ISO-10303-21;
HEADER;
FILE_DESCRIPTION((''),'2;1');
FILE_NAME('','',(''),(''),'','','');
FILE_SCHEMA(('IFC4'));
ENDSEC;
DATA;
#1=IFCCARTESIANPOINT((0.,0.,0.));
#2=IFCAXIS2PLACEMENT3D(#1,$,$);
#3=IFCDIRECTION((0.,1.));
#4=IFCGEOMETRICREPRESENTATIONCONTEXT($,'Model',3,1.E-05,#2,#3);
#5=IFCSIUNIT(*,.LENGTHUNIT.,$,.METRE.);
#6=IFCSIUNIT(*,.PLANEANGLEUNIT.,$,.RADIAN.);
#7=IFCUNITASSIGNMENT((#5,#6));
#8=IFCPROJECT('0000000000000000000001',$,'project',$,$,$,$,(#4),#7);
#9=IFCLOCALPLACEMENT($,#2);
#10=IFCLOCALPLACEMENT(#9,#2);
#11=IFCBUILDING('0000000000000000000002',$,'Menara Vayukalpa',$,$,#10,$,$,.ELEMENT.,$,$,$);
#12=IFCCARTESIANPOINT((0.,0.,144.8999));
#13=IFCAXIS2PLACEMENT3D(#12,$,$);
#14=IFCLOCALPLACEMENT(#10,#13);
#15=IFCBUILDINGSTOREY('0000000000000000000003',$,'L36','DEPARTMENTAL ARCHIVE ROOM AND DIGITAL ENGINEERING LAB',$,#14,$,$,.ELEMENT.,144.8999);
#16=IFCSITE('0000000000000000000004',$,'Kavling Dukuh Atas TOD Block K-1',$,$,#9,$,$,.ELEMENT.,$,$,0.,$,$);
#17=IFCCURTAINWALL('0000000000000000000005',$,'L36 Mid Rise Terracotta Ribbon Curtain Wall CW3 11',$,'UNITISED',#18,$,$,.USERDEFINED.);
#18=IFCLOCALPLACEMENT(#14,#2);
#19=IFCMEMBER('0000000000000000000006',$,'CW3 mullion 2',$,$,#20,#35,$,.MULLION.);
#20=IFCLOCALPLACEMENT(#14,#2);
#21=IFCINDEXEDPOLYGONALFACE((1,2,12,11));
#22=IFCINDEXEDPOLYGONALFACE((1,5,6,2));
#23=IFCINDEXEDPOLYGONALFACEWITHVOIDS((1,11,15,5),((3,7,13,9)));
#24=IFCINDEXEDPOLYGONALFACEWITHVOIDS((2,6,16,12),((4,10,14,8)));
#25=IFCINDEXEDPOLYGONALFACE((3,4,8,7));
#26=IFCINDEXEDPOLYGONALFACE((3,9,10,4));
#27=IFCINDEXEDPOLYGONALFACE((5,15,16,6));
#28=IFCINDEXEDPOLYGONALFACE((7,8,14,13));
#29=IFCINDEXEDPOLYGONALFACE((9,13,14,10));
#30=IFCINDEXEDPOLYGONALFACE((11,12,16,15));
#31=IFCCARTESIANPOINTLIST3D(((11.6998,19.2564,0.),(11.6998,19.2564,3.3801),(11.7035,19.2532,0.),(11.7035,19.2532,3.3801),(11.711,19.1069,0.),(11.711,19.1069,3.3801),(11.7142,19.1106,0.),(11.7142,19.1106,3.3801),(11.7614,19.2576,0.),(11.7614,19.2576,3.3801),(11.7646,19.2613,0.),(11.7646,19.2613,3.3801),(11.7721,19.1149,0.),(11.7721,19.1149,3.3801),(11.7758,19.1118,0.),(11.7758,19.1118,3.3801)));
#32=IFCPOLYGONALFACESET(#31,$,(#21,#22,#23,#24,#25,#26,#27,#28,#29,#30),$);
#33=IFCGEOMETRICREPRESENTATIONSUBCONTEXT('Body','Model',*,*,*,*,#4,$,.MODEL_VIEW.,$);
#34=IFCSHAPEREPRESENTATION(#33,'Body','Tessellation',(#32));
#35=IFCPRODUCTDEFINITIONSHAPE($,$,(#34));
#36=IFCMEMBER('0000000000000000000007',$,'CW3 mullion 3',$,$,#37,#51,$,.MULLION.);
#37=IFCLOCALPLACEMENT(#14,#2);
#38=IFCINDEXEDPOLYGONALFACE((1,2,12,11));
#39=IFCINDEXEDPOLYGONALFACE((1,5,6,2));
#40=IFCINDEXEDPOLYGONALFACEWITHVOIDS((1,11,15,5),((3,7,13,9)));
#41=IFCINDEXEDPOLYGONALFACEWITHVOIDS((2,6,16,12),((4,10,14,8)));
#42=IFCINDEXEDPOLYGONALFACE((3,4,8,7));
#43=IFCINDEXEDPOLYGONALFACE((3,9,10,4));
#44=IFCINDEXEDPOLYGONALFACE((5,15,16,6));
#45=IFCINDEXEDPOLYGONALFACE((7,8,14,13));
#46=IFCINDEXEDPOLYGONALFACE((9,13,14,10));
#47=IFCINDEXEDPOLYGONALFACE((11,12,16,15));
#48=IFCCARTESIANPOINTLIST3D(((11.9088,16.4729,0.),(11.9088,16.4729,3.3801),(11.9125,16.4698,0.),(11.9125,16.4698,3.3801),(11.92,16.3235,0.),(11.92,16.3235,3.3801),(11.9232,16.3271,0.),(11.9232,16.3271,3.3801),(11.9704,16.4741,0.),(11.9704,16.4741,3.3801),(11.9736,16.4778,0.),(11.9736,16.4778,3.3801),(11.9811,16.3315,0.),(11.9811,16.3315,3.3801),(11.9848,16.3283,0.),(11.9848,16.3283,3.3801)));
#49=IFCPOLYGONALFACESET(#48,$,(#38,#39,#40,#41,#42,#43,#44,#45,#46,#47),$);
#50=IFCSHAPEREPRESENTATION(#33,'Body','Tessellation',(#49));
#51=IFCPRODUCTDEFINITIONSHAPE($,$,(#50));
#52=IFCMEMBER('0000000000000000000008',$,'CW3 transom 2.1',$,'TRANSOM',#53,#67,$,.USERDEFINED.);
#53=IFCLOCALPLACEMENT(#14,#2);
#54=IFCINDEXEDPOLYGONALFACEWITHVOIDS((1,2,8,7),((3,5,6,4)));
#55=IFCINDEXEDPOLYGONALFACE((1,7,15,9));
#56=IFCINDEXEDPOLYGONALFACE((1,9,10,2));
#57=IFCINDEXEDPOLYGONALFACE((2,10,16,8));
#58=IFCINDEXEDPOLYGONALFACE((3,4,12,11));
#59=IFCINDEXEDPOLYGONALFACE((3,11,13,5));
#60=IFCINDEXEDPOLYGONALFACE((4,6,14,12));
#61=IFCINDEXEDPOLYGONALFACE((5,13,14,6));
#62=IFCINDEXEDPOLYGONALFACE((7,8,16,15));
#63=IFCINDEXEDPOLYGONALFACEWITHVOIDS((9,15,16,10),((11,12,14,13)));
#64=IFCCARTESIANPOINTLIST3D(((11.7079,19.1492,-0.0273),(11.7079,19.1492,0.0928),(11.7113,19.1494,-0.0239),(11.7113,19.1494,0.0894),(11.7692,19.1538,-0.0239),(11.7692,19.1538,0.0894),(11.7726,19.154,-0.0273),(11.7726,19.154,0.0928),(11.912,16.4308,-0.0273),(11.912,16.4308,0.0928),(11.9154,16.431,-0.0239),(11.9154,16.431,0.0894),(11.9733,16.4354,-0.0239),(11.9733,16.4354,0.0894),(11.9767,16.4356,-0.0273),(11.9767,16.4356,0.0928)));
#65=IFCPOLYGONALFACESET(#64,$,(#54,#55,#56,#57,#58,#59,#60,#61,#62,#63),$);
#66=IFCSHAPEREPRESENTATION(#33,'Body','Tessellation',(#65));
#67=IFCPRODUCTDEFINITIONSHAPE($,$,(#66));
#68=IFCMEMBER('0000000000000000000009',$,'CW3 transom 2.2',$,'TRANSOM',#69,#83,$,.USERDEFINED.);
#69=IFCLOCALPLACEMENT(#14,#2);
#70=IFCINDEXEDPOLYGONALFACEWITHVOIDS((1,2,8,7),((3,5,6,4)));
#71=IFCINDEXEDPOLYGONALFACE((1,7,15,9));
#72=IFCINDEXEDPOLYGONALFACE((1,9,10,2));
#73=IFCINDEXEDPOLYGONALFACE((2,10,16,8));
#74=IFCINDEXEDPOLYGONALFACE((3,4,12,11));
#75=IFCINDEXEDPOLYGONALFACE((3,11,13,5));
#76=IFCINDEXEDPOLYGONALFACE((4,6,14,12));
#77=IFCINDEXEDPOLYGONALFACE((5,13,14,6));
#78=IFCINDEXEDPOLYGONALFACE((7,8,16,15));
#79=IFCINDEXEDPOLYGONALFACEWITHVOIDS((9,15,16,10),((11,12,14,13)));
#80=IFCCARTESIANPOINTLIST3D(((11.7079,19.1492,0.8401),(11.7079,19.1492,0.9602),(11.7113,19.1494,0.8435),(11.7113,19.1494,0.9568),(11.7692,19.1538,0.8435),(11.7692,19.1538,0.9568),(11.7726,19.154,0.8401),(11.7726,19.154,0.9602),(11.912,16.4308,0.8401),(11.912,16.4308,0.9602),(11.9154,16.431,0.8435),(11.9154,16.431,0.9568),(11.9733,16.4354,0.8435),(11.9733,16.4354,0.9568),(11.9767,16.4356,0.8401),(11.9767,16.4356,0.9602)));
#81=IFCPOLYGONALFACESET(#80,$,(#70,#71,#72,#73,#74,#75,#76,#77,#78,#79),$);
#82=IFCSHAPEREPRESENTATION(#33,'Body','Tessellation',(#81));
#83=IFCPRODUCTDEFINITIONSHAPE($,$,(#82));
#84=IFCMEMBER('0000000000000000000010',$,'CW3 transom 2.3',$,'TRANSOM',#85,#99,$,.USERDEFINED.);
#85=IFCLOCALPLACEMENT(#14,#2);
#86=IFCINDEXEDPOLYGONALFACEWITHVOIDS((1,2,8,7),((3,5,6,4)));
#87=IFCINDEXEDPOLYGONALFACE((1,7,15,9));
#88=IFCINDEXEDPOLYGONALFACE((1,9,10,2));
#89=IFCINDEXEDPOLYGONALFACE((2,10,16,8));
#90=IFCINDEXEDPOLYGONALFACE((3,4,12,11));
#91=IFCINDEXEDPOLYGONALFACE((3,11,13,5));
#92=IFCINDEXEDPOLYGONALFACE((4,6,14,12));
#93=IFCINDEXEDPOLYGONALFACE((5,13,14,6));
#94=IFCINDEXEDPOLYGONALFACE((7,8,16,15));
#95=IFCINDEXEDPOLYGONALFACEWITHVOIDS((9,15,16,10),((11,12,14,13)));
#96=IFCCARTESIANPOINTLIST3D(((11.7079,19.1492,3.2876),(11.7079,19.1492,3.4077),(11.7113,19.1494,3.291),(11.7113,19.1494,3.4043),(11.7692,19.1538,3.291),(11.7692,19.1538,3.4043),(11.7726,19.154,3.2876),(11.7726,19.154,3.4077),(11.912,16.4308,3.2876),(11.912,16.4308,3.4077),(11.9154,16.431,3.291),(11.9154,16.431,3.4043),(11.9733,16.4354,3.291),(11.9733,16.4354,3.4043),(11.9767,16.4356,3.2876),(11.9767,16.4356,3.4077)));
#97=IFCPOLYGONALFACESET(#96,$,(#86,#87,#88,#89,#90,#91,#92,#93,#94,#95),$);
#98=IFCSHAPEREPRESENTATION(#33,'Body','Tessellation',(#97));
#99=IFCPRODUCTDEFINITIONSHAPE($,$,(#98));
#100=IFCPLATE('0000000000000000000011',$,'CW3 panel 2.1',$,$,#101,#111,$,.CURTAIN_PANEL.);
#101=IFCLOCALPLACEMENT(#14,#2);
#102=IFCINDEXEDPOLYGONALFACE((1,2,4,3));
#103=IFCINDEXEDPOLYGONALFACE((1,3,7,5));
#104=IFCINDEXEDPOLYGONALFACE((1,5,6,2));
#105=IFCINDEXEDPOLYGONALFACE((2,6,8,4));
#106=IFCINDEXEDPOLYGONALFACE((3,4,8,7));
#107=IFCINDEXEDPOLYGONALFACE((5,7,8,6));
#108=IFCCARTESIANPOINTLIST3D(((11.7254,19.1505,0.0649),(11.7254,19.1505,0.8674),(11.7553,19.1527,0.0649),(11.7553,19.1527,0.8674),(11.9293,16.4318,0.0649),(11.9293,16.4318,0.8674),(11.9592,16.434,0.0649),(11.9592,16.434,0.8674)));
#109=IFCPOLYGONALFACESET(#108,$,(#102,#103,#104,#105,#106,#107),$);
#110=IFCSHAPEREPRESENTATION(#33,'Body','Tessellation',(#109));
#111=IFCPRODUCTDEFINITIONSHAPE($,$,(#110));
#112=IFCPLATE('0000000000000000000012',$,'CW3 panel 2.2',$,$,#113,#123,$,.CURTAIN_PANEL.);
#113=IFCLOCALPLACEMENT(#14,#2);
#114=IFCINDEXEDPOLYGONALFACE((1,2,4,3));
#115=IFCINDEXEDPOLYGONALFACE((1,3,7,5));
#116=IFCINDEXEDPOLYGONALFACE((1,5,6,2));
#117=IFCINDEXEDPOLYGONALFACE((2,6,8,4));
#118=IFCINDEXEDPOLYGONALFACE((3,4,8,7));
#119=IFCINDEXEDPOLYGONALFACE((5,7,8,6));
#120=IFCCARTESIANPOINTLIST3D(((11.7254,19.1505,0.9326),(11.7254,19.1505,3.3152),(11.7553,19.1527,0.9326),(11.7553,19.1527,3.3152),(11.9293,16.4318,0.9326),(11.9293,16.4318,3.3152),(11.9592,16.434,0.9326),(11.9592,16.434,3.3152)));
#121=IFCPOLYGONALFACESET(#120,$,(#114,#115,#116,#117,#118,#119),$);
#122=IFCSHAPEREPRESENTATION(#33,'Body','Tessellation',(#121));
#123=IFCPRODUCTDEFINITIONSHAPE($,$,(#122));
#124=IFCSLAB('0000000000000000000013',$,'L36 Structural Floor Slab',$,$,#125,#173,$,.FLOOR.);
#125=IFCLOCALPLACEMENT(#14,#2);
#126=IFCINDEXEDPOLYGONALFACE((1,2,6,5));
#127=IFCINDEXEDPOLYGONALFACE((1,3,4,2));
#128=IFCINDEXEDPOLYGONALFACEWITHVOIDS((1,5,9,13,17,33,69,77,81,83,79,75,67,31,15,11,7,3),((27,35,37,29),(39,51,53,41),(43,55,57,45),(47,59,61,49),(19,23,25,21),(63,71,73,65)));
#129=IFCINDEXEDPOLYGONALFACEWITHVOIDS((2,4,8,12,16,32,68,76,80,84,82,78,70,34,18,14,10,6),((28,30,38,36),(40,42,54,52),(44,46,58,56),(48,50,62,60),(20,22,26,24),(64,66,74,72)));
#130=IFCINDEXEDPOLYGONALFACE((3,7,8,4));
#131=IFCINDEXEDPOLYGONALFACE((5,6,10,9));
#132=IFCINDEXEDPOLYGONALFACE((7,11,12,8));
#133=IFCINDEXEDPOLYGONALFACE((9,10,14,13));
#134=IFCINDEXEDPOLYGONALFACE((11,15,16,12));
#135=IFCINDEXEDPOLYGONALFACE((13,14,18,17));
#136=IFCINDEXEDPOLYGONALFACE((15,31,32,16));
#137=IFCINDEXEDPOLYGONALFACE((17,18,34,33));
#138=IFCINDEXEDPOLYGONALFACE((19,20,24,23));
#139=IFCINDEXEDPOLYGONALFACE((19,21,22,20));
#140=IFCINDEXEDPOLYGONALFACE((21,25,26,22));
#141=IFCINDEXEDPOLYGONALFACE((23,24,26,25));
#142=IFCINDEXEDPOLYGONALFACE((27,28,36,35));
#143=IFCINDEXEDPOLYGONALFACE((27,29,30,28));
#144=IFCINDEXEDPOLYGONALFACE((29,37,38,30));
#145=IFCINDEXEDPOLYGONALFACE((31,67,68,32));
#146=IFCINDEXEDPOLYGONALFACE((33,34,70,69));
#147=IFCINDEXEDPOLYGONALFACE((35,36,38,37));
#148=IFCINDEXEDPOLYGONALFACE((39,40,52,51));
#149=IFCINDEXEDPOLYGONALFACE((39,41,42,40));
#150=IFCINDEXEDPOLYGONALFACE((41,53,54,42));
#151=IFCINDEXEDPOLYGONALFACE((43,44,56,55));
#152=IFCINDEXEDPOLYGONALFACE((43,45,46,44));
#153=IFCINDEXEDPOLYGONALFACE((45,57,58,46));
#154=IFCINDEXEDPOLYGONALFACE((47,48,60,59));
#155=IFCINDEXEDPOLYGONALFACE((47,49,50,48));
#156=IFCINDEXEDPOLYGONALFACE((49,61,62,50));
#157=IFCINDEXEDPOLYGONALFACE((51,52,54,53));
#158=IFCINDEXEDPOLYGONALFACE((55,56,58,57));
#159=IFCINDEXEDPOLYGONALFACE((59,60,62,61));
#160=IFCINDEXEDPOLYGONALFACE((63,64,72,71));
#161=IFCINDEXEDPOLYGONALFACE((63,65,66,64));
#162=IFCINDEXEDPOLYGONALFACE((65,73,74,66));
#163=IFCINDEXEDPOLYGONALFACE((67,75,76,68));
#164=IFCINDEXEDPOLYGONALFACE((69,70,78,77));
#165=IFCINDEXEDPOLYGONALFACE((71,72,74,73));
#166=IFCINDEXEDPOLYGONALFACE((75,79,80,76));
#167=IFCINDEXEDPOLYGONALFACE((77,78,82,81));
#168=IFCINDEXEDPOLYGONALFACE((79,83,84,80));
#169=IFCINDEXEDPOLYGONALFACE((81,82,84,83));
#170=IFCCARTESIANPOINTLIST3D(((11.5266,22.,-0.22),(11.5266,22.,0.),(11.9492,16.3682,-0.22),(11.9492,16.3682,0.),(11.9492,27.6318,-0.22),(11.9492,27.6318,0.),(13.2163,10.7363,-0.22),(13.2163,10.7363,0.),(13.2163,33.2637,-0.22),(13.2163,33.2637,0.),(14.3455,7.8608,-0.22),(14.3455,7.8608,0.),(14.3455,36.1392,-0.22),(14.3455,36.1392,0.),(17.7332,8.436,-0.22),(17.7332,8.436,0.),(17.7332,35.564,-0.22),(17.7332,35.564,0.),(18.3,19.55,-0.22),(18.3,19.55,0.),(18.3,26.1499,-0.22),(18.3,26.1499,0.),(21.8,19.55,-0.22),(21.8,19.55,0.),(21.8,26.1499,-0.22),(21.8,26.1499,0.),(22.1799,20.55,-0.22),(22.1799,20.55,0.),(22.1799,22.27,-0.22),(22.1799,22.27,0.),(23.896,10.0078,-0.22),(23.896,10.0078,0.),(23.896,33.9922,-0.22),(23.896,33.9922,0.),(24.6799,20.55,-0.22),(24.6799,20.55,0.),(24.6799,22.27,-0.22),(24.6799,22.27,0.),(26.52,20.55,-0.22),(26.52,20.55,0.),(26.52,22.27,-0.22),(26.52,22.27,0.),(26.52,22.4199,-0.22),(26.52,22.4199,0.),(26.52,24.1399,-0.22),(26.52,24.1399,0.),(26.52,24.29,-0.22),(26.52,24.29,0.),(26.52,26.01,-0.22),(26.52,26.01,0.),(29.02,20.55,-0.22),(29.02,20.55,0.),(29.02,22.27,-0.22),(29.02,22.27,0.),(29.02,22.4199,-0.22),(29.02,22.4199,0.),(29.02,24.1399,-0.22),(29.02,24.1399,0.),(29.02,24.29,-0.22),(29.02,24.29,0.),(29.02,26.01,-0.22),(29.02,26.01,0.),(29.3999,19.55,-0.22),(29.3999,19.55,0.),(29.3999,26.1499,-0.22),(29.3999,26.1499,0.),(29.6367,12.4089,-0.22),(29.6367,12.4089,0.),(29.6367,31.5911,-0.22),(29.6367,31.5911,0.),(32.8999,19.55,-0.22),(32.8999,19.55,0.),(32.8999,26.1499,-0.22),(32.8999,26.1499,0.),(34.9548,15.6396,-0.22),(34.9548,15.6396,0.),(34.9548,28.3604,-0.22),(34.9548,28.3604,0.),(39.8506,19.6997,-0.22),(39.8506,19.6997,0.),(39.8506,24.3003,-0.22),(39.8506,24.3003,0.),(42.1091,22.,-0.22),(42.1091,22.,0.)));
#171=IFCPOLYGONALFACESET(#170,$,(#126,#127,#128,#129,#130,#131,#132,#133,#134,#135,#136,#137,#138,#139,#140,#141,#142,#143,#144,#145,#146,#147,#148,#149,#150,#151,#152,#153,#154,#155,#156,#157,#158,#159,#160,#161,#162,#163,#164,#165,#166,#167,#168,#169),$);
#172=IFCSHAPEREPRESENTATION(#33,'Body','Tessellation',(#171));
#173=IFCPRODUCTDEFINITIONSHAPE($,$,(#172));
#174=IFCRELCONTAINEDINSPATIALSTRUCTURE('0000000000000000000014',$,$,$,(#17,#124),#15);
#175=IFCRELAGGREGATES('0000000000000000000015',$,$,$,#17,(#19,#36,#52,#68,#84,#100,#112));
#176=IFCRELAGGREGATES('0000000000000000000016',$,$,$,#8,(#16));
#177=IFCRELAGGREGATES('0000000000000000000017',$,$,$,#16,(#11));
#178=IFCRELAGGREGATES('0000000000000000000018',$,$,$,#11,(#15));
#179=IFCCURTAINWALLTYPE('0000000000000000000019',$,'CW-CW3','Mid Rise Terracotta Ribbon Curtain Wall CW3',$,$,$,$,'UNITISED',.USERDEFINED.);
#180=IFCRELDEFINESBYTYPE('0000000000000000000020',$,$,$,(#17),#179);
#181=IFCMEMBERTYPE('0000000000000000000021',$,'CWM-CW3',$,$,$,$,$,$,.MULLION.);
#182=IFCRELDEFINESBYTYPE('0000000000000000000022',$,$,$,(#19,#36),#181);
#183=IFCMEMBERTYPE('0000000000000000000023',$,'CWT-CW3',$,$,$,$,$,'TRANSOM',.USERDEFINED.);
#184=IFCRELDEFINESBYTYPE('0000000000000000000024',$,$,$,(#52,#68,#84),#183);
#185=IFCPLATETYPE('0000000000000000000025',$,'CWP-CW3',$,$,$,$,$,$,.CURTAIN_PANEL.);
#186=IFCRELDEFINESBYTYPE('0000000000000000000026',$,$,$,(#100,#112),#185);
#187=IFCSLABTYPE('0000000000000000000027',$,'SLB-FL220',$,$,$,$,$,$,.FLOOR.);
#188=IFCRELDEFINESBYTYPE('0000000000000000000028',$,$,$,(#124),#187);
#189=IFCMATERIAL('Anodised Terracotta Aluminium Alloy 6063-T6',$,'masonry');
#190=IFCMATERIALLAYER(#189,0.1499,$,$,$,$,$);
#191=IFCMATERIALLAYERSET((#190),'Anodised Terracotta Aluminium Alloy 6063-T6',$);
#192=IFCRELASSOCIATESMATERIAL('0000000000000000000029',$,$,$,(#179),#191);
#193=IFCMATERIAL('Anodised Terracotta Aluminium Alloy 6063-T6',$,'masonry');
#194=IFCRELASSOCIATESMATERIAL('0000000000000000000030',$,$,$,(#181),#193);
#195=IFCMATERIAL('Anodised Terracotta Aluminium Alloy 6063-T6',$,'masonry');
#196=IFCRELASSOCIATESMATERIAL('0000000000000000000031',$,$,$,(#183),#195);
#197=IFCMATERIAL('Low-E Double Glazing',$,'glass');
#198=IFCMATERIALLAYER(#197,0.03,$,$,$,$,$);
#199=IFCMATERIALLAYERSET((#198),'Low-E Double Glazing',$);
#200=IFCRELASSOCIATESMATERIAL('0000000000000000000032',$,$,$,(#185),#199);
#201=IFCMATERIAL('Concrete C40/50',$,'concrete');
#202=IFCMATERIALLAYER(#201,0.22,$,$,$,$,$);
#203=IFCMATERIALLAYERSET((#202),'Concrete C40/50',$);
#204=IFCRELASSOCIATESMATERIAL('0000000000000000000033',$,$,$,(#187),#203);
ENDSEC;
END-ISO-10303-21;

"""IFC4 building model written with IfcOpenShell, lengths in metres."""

from ifc_helpers import new_model, si_unit, direction, frame, origin, origin_2d, place, context, subcontext, project, spatial, polyline, rectangle, hollow_rectangle, outline, extrude, material, layer, layer_set, material_profile, profile_set, type_object, element, aggregate, save


model = new_model("IFC4")

# Units and contexts
model_context = context("Model", 3, precision=1e-05, world=origin(), true_north=direction((0.0, 1.0)))
body_context = subcontext(model_context, "Body", "Model", "MODEL_VIEW")
ifc_project = project(units=[si_unit("LENGTHUNIT", "METRE"), si_unit("PLANEANGLEUNIT", "RADIAN")], contexts=[model_context])

# Site, building, storey
site_placement = place(None, origin())
site = spatial("IfcSite", under=ifc_project, at=site_placement, Name="Kavling Dukuh Atas TOD Block K-1", CompositionType="ELEMENT", RefElevation=0.0)
building_placement = place(site_placement, origin())
building = spatial("IfcBuilding", under=site, at=building_placement, Name="Menara Vayukalpa", CompositionType="ELEMENT")
storey_placement = place(building_placement, frame((0.0, 0.0, 144.8999)))
storey = spatial("IfcBuildingStorey", under=building, at=storey_placement, Name="L36", Description="DEPARTMENTAL ARCHIVE ROOM AND DIGITAL ENGINEERING LAB", CompositionType="ELEMENT", Elevation=144.8999)

# Curtain wall, members, plates
ifc_material_1 = material(Name="Anodised Terracotta Aluminium Alloy 6063-T6", Category="masonry")
ifc_layer_1 = layer(ifc_material_1, 0.1499)
ifc_layer_set_1 = layer_set([ifc_layer_1], Name="Anodised Terracotta Aluminium Alloy 6063-T6")
curtain_wall_type = type_object("IfcCurtainWallType", Name="CW-CW3", Description="Mid Rise Terracotta Ribbon Curtain Wall CW3", ElementType="UNITISED", PredefinedType="USERDEFINED", material=ifc_layer_set_1)
curtain_wall_placement = place(storey_placement, origin())
curtain_wall = element("IfcCurtainWall", 1, at=curtain_wall_placement, inside=storey, type_object=curtain_wall_type, Name="L36 Mid Rise Terracotta Ribbon Curtain Wall CW3 11", ObjectType="UNITISED", PredefinedType="USERDEFINED")
ifc_material_2 = material(Name="Anodised Terracotta Aluminium Alloy 6063-T6", Category="masonry")
ifc_material_profile_1 = material_profile(ifc_material_2, hollow_rectangle(XDim=0.0649, YDim=0.1499, WallThickness=0.0034, at=origin_2d()), Name="ALU 65x150x3.5")
ifc_profile_set_1 = profile_set([ifc_material_profile_1], Name="Anodised Terracotta Aluminium Alloy 6063-T6")
member_type_1 = type_object("IfcMemberType", Name="CWM-CW3", PredefinedType="MULLION", material=ifc_profile_set_1)
member_1_placement = place(storey_placement, frame((11.7378, 19.1841, 0.0), z_axis=(0.0, 0.0, 1.0), x_axis=(0.997199, 0.074793, 0.0)))
member_1 = element("IfcMember", 2, at=member_1_placement, type_object=member_type_1, Name="CW3 mullion 2", PredefinedType="MULLION", context=body_context, shape_type="SweptSolid", body=[
    extrude(hollow_rectangle(XDim=0.0649, YDim=0.1499, WallThickness=0.0034, at=origin_2d()), origin(), (0.0, 0.0, 1.0), 3.3801),
])
member_2_placement = place(storey_placement, frame((11.9468, 16.4006, 0.0), z_axis=(0.0, 0.0, 1.0), x_axis=(0.997199, 0.074793, 0.0)))
member_2 = element("IfcMember", 3, at=member_2_placement, type_object=member_type_1, Name="CW3 mullion 3", PredefinedType="MULLION", context=body_context, shape_type="SweptSolid", body=[
    extrude(hollow_rectangle(XDim=0.0649, YDim=0.1499, WallThickness=0.0034, at=origin_2d()), origin(), (0.0, 0.0, 1.0), 3.3801),
])
ifc_material_3 = material(Name="Anodised Terracotta Aluminium Alloy 6063-T6", Category="masonry")
ifc_material_profile_2 = material_profile(ifc_material_3, hollow_rectangle(XDim=0.0649, YDim=0.1201, WallThickness=0.0034, at=origin_2d()), Name="ALU 65x120x3.5")
ifc_profile_set_2 = profile_set([ifc_material_profile_2], Name="Anodised Terracotta Aluminium Alloy 6063-T6")
member_type_2 = type_object("IfcMemberType", Name="CWT-CW3", ElementType="TRANSOM", PredefinedType="USERDEFINED", material=ifc_profile_set_2)
member_3_placement = place(storey_placement, frame((11.7402, 19.1516, 0.0327), z_axis=(0.074868, -0.997193, 0.0), x_axis=(0.997193, 0.074868, 0.0)))
member_3 = element("IfcMember", 4, at=member_3_placement, type_object=member_type_2, Name="CW3 transom 2.1", ObjectType="TRANSOM", PredefinedType="USERDEFINED", context=body_context, shape_type="SweptSolid", body=[
    extrude(hollow_rectangle(XDim=0.0649, YDim=0.1201, WallThickness=0.0034, at=origin_2d()), origin(), (0.0, 0.0, 1.0), 2.7261),
])
member_4_placement = place(storey_placement, frame((11.7402, 19.1516, 0.9001), z_axis=(0.074868, -0.997193, 0.0), x_axis=(0.997193, 0.074868, 0.0)))
member_4 = element("IfcMember", 5, at=member_4_placement, type_object=member_type_2, Name="CW3 transom 2.2", ObjectType="TRANSOM", PredefinedType="USERDEFINED", context=body_context, shape_type="SweptSolid", body=[
    extrude(hollow_rectangle(XDim=0.0649, YDim=0.1201, WallThickness=0.0034, at=origin_2d()), origin(), (0.0, 0.0, 1.0), 2.7261),
])
member_5_placement = place(storey_placement, frame((11.7402, 19.1516, 3.3477), z_axis=(0.074868, -0.997193, 0.0), x_axis=(0.997193, 0.074868, 0.0)))
member_5 = element("IfcMember", 6, at=member_5_placement, type_object=member_type_2, Name="CW3 transom 2.3", ObjectType="TRANSOM", PredefinedType="USERDEFINED", context=body_context, shape_type="SweptSolid", body=[
    extrude(hollow_rectangle(XDim=0.0649, YDim=0.1201, WallThickness=0.0034, at=origin_2d()), origin(), (0.0, 0.0, 1.0), 2.7261),
])
ifc_material_4 = material(Name="Low-E Double Glazing", Category="glass")
ifc_layer_2 = layer(ifc_material_4, 0.03)
ifc_layer_set_2 = layer_set([ifc_layer_2], Name="Low-E Double Glazing")
plate_type = type_object("IfcPlateType", Name="CWP-CW3", PredefinedType="CURTAIN_PANEL", material=ifc_layer_set_2)
plate_1_placement = place(storey_placement, frame((11.8423, 17.7922, 0.0649), z_axis=(0.0, 0.0, 1.0), x_axis=(0.074793, -0.997199, 0.0)))
plate_1 = element("IfcPlate", 7, at=plate_1_placement, type_object=plate_type, Name="CW3 panel 2.1", PredefinedType="CURTAIN_PANEL", context=body_context, shape_type="SweptSolid", body=[
    extrude(rectangle(XDim=2.7263, YDim=0.03, at=origin_2d()), origin(), (0.0, 0.0, 1.0), 0.8025),
])
plate_2_placement = place(storey_placement, frame((11.8423, 17.7922, 0.9326), z_axis=(0.0, 0.0, 1.0), x_axis=(0.074793, -0.997199, 0.0)))
plate_2 = element("IfcPlate", 8, at=plate_2_placement, type_object=plate_type, Name="CW3 panel 2.2", PredefinedType="CURTAIN_PANEL", context=body_context, shape_type="SweptSolid", body=[
    extrude(rectangle(XDim=2.7263, YDim=0.03, at=origin_2d()), origin(), (0.0, 0.0, 1.0), 2.3826),
])
aggregate(curtain_wall, [member_1, member_2, member_3, member_4, member_5, plate_1, plate_2])

# Slab
ifc_material_5 = material(Name="Concrete C40/50", Category="concrete")
ifc_layer_3 = layer(ifc_material_5, 0.22)
ifc_layer_set_3 = layer_set([ifc_layer_3], Name="Concrete C40/50")
slab_type_1 = type_object("IfcSlabType", Name="SLB-FL220", PredefinedType="FLOOR", material=ifc_layer_set_3)
slab_1_placement = place(storey_placement, frame((0.0, 0.0, -0.22)))
element("IfcSlab", 9, at=slab_1_placement, inside=storey, type_object=slab_type_1, Name="L36 Structural Floor Slab", PredefinedType="FLOOR", context=body_context, shape_type="SweptSolid", body=[
    extrude(outline(polyline([(39.8506, 19.6997), (42.1091, 22.0), (39.8506, 24.3003), (34.9548, 28.3604), (29.6367, 31.5911), (23.896, 33.9922), (17.7332, 35.564), (14.3455, 36.1392), (13.2163, 33.2637), (11.9492, 27.6318), (11.5266, 22.0), (11.9492, 16.3682), (13.2163, 10.7363), (14.3455, 7.8608), (17.7332, 8.436), (23.896, 10.0078), (29.6367, 12.4089), (34.9548, 15.6396), (39.8506, 19.6997)]), holes=[polyline([(21.8, 19.55), (21.8, 26.1499), (18.3, 26.1499), (18.3, 19.55), (21.8, 19.55)]), polyline([(32.8999, 19.55), (32.8999, 26.1499), (29.3999, 26.1499), (29.3999, 19.55), (32.8999, 19.55)]), polyline([(22.1799, 20.55), (24.6799, 20.55), (24.6799, 22.27), (22.1799, 22.27), (22.1799, 20.55)]), polyline([(26.52, 20.55), (29.02, 20.55), (29.02, 22.27), (26.52, 22.27), (26.52, 20.55)]), polyline([(26.52, 24.29), (29.02, 24.29), (29.02, 26.01), (26.52, 26.01), (26.52, 24.29)]), polyline([(26.52, 22.4199), (29.02, 22.4199), (29.02, 24.1399), (26.52, 24.1399), (26.52, 22.4199)])]), origin(), (0.0, 0.0, 1.0), 0.22),
])

save(model, "model.ifc")
